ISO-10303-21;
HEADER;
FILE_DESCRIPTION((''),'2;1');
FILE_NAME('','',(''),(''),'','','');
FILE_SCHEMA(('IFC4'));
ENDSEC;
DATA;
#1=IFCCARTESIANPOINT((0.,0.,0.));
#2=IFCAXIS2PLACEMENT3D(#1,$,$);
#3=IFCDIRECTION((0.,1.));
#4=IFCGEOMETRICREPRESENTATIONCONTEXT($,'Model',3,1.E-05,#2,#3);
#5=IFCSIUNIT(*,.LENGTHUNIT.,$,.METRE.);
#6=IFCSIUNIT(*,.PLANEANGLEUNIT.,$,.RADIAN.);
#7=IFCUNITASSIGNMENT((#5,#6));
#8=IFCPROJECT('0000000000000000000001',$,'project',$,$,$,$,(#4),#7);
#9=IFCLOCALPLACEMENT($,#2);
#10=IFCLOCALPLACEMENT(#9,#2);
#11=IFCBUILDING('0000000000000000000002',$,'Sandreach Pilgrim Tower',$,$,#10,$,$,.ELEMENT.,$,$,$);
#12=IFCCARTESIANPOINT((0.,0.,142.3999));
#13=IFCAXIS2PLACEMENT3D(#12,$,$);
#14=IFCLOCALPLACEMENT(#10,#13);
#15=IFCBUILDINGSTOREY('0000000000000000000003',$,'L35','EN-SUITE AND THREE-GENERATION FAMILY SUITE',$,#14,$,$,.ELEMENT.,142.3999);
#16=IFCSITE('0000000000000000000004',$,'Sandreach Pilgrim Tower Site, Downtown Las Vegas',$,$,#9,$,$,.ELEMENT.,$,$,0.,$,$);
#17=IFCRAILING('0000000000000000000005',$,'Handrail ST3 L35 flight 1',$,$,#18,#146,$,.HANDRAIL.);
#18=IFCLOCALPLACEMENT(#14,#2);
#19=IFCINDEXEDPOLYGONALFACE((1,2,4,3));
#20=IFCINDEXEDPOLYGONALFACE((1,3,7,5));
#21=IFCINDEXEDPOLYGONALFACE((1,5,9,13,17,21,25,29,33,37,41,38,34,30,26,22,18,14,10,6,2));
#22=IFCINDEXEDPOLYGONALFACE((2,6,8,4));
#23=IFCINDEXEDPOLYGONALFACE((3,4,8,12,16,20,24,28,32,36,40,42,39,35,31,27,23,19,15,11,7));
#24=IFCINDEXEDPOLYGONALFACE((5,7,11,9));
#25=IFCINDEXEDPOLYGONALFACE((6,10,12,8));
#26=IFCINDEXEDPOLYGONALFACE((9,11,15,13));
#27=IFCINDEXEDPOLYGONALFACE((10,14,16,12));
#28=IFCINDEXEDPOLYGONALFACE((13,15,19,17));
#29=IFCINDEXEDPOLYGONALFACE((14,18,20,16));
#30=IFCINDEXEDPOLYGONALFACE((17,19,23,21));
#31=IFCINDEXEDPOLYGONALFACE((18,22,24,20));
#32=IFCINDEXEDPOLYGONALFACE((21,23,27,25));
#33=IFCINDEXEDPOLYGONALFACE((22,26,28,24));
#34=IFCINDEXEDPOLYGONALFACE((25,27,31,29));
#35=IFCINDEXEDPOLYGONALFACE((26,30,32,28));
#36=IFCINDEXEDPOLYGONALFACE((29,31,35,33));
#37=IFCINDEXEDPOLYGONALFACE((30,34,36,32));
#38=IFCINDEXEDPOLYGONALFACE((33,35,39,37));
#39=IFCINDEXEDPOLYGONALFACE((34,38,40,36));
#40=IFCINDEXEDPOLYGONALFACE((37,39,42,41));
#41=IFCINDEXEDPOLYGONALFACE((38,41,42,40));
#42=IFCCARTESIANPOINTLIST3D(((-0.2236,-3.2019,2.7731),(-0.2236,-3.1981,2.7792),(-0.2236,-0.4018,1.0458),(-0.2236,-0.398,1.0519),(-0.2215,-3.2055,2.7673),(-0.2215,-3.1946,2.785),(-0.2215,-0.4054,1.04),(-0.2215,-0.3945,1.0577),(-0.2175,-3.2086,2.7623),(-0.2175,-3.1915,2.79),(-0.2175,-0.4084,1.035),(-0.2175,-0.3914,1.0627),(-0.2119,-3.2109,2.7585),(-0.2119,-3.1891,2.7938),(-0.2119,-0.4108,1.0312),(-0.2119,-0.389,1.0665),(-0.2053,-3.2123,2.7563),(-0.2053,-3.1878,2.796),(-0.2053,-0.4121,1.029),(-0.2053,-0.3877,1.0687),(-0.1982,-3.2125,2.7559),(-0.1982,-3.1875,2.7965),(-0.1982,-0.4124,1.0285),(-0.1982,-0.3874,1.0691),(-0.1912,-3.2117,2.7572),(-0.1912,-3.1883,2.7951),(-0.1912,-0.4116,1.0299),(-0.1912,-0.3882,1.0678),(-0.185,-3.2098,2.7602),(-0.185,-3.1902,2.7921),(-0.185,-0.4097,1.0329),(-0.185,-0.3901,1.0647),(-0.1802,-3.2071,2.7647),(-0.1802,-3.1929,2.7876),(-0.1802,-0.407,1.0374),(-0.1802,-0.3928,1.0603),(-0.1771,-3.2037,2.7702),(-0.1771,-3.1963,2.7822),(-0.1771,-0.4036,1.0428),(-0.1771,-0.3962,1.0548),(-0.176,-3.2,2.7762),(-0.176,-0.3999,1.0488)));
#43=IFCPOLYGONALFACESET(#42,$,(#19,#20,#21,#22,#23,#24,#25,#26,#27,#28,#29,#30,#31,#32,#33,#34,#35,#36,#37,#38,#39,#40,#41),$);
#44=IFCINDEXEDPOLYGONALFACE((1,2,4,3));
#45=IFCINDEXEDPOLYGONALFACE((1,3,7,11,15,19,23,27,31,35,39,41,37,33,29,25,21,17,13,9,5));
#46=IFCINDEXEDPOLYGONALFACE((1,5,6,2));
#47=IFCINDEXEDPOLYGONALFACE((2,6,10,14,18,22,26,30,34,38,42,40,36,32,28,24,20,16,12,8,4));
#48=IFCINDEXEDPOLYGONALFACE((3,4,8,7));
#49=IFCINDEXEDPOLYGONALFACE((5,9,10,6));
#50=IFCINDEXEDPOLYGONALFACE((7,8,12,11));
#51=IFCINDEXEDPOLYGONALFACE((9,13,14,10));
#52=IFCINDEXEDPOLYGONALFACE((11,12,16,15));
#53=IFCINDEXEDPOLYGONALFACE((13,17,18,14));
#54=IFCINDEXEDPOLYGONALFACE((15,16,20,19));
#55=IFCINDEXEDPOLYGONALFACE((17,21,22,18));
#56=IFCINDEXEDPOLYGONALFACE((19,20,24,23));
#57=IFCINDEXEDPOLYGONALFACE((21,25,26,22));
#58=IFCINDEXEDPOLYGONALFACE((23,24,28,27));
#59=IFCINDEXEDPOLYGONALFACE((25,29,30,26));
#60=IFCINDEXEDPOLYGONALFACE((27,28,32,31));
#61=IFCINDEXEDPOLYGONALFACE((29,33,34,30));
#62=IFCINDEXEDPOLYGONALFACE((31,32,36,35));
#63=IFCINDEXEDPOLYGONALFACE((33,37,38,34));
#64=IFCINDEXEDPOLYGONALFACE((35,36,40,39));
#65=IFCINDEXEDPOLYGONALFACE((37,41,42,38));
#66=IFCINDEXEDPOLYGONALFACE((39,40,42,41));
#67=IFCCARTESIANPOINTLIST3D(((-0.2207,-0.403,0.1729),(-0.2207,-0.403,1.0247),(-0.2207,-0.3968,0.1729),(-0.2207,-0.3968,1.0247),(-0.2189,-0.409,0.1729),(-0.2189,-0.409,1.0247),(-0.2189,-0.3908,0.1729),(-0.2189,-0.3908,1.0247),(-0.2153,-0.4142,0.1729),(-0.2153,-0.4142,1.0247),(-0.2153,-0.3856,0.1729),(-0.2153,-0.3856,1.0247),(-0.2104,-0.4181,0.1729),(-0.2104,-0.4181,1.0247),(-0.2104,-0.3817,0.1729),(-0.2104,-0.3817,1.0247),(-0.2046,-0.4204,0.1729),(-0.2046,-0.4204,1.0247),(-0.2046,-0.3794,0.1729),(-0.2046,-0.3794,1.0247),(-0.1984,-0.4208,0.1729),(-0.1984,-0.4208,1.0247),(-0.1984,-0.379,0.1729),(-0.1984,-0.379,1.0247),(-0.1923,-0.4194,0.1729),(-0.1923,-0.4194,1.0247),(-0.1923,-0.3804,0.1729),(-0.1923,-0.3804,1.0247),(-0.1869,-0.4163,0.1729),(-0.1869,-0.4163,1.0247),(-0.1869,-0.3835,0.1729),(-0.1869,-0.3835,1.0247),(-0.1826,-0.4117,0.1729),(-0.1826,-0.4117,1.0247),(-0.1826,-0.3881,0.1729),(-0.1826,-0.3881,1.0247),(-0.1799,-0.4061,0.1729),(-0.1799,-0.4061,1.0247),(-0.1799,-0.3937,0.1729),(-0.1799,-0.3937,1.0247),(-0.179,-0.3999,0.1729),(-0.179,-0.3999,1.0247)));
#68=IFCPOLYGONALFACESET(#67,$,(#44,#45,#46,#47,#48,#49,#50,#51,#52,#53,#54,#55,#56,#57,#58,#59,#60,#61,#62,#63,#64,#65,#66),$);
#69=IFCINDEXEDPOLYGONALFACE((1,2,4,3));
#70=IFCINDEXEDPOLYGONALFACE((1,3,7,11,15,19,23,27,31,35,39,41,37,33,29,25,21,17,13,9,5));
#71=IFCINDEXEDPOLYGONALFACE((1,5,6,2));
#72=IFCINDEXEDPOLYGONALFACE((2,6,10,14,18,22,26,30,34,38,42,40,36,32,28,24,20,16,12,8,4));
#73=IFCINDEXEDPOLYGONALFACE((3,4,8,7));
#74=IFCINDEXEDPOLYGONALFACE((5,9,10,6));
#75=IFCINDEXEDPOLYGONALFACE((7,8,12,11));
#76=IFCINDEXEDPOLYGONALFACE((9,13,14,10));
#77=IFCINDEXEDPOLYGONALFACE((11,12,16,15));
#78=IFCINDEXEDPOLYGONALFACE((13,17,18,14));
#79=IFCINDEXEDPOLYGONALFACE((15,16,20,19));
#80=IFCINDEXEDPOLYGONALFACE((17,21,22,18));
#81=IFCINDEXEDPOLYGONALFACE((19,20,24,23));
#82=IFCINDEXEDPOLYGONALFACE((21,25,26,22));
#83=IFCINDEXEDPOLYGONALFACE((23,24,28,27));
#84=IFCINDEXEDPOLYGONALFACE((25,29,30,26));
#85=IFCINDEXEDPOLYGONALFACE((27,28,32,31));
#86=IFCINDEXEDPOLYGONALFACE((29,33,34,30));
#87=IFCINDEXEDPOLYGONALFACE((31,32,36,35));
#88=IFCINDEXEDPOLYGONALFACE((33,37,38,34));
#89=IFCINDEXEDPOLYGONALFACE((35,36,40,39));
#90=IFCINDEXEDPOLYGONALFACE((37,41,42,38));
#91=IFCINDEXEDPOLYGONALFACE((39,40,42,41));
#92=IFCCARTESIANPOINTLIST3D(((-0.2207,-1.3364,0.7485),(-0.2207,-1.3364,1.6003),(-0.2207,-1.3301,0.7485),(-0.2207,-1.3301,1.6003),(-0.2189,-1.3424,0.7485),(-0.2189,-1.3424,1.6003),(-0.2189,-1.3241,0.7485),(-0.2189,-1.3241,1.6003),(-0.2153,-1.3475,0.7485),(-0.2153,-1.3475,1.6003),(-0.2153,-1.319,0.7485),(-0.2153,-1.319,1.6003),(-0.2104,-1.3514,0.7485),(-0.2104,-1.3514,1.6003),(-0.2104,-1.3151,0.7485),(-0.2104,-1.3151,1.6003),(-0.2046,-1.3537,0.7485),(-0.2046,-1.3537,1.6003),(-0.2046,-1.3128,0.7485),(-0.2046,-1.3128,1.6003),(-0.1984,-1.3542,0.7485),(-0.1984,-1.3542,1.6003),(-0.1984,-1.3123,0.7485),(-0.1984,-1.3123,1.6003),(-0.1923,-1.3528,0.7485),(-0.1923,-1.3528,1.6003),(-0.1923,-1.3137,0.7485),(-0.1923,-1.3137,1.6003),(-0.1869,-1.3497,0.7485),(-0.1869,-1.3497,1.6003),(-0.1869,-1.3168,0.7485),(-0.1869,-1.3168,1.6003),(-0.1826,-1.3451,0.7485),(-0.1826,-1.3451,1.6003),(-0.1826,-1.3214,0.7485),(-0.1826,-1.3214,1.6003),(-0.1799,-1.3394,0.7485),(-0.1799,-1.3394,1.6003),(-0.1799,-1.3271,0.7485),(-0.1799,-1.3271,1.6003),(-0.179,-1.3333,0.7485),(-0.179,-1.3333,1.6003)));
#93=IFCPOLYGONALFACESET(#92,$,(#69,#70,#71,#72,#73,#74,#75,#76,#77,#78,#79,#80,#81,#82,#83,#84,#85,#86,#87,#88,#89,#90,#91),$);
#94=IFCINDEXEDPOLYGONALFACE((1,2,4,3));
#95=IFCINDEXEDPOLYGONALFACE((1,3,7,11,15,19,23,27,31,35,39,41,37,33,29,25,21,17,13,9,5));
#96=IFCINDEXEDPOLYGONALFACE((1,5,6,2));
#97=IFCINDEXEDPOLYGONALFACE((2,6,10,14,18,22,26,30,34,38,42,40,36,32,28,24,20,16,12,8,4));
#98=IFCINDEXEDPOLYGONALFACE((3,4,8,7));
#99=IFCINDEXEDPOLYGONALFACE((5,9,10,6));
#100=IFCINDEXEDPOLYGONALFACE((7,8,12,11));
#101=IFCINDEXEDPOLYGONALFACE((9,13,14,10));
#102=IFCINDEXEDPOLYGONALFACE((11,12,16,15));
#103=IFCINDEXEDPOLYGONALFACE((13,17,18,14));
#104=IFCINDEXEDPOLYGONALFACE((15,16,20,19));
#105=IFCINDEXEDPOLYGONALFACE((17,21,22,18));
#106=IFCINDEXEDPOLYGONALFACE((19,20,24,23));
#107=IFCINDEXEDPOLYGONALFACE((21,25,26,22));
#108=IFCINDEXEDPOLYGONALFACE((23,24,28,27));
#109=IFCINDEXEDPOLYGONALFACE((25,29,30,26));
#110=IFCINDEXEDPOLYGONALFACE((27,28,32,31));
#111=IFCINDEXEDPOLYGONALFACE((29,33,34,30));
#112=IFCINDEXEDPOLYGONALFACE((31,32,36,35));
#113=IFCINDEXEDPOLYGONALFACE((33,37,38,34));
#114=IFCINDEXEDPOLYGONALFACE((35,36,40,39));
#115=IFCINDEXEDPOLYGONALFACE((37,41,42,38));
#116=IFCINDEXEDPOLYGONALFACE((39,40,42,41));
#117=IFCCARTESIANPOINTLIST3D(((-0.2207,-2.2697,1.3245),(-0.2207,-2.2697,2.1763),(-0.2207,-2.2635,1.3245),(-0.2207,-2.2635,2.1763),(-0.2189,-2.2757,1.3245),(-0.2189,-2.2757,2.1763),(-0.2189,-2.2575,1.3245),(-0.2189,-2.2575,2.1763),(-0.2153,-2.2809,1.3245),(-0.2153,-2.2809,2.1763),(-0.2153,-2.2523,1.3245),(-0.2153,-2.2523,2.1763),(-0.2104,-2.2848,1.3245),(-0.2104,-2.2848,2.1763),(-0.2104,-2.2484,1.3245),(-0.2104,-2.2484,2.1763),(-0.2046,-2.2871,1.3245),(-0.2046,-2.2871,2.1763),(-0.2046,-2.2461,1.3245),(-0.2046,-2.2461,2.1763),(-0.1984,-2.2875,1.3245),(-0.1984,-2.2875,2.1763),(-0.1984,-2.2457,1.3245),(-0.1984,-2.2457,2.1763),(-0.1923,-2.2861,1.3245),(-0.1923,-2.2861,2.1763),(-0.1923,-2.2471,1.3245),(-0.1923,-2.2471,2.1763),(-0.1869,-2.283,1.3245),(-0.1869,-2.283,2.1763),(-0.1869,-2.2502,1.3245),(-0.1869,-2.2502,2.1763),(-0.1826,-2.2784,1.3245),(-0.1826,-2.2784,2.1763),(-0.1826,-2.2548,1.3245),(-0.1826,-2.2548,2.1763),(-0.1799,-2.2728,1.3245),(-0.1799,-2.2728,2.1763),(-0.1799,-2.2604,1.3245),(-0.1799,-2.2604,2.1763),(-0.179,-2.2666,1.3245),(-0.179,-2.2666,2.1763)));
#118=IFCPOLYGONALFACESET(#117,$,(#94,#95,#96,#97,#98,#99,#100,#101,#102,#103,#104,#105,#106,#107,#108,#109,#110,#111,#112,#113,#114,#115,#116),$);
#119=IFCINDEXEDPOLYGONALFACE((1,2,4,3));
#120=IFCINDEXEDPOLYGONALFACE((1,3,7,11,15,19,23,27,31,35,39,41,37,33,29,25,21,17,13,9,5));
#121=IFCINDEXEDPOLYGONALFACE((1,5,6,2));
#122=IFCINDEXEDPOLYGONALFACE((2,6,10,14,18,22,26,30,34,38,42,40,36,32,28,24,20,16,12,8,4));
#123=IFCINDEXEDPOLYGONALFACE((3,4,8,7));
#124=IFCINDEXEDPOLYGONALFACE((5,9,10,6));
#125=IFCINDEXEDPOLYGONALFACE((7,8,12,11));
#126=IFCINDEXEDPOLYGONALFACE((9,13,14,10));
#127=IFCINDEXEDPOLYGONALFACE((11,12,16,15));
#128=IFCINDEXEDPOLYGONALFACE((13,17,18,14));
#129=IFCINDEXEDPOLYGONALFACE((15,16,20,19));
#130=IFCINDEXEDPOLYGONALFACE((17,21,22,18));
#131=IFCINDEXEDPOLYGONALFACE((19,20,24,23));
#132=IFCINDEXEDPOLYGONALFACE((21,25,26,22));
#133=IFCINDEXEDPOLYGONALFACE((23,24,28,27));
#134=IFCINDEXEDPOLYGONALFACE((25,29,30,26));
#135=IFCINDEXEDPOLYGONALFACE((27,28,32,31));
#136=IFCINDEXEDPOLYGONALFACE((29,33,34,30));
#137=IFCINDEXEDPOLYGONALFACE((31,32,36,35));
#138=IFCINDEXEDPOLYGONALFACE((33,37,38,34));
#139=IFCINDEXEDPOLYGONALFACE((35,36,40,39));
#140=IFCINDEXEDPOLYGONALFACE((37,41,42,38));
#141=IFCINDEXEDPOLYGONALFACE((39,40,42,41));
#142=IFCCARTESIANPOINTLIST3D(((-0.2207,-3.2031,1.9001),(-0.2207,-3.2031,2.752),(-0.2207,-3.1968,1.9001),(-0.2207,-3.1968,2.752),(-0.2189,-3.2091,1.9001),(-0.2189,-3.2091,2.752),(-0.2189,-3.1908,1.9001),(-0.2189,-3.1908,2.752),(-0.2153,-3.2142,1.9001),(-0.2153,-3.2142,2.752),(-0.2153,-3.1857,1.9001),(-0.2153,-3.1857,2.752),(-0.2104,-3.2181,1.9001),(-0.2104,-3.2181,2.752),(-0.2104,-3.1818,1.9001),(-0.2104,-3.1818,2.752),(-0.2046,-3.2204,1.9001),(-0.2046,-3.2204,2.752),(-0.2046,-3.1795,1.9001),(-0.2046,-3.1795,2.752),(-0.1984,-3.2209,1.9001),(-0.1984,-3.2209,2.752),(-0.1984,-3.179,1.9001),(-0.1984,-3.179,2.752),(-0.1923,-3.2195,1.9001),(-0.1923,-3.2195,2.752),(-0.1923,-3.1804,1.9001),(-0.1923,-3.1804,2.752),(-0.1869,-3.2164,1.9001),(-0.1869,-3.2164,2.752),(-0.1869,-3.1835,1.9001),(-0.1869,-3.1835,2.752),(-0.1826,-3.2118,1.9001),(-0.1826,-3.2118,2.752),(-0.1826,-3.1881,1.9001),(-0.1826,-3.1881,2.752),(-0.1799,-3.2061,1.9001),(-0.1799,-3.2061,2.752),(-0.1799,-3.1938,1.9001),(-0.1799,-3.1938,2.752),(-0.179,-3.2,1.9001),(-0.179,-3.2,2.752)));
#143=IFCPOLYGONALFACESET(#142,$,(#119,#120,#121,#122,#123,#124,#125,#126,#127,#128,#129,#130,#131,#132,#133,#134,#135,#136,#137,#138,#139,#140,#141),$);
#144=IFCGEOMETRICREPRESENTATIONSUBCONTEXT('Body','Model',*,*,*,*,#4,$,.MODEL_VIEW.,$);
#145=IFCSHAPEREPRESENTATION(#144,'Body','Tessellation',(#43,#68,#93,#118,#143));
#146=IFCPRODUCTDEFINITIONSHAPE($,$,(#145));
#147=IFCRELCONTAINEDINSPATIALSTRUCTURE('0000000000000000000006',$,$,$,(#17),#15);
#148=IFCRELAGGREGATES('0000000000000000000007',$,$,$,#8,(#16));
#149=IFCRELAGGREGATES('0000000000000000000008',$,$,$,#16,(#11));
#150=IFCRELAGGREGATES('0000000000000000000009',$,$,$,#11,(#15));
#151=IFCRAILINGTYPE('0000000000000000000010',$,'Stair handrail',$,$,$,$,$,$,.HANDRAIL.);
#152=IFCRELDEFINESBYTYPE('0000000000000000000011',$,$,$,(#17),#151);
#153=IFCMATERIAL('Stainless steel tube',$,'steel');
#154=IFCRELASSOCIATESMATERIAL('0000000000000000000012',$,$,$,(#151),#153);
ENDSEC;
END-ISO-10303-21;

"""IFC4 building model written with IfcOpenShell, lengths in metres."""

from ifc_helpers import new_model, si_unit, direction, frame, origin, origin_2d, place, context, subcontext, project, spatial, circle, extrude, material, type_object, element, save


model = new_model("IFC4")

# Units and contexts
model_context = context("Model", 3, precision=1e-05, world=origin(), true_north=direction((0.0, 1.0)))
body_context = subcontext(model_context, "Body", "Model", "MODEL_VIEW")
ifc_project = project(units=[si_unit("LENGTHUNIT", "METRE"), si_unit("PLANEANGLEUNIT", "RADIAN")], contexts=[model_context])

# Site, building, storey
site_placement = place(None, origin())
site = spatial("IfcSite", under=ifc_project, at=site_placement, Name="Sandreach Pilgrim Tower Site, Downtown Las Vegas", CompositionType="ELEMENT", RefElevation=0.0)
building_placement = place(site_placement, origin())
building = spatial("IfcBuilding", under=site, at=building_placement, Name="Sandreach Pilgrim Tower", CompositionType="ELEMENT")
storey_placement = place(building_placement, frame((0.0, 0.0, 142.3999)))
storey = spatial("IfcBuildingStorey", under=building, at=storey_placement, Name="L35", Description="EN-SUITE AND THREE-GENERATION FAMILY SUITE", CompositionType="ELEMENT", Elevation=142.3999)

# Railing
ifc_material_1 = material(Name="Stainless steel tube", Category="steel")
railing_type = type_object("IfcRailingType", Name="Stair handrail", PredefinedType="HANDRAIL", material=ifc_material_1)
for number, where, name in (
    (1, (-0.2, -0.3999, 0.1729), "Handrail ST3 L35 flight 1"),
):
    element("IfcRailing", number, at=place(storey_placement, frame(where)), inside=storey, type_object=railing_type, Name=name, PredefinedType="HANDRAIL", context=body_context, shape_type="SweptSolid", body=[
        extrude(circle(Radius=0.0239, at=origin_2d()), frame((0.0, 0.0, 0.876), z_axis=(0.0, -0.85109, 0.52502), x_axis=(1.0, 0.0, 0.0)), (0.0, 0.0, 1.0), 3.29),
        extrude(circle(Radius=0.021, at=origin_2d()), origin(), (0.0, 0.0, 1.0), 0.8518),
        extrude(circle(Radius=0.021, at=origin_2d()), frame((0.0, -0.9333, 0.5757)), (0.0, 0.0, 1.0), 0.8518),
        extrude(circle(Radius=0.021, at=origin_2d()), frame((0.0, -1.8667, 1.1516)), (0.0, 0.0, 1.0), 0.8518),
        extrude(circle(Radius=0.021, at=origin_2d()), frame((0.0, -2.8, 1.7273)), (0.0, 0.0, 1.0), 0.8518),
    ])

save(model, "model.ifc")
